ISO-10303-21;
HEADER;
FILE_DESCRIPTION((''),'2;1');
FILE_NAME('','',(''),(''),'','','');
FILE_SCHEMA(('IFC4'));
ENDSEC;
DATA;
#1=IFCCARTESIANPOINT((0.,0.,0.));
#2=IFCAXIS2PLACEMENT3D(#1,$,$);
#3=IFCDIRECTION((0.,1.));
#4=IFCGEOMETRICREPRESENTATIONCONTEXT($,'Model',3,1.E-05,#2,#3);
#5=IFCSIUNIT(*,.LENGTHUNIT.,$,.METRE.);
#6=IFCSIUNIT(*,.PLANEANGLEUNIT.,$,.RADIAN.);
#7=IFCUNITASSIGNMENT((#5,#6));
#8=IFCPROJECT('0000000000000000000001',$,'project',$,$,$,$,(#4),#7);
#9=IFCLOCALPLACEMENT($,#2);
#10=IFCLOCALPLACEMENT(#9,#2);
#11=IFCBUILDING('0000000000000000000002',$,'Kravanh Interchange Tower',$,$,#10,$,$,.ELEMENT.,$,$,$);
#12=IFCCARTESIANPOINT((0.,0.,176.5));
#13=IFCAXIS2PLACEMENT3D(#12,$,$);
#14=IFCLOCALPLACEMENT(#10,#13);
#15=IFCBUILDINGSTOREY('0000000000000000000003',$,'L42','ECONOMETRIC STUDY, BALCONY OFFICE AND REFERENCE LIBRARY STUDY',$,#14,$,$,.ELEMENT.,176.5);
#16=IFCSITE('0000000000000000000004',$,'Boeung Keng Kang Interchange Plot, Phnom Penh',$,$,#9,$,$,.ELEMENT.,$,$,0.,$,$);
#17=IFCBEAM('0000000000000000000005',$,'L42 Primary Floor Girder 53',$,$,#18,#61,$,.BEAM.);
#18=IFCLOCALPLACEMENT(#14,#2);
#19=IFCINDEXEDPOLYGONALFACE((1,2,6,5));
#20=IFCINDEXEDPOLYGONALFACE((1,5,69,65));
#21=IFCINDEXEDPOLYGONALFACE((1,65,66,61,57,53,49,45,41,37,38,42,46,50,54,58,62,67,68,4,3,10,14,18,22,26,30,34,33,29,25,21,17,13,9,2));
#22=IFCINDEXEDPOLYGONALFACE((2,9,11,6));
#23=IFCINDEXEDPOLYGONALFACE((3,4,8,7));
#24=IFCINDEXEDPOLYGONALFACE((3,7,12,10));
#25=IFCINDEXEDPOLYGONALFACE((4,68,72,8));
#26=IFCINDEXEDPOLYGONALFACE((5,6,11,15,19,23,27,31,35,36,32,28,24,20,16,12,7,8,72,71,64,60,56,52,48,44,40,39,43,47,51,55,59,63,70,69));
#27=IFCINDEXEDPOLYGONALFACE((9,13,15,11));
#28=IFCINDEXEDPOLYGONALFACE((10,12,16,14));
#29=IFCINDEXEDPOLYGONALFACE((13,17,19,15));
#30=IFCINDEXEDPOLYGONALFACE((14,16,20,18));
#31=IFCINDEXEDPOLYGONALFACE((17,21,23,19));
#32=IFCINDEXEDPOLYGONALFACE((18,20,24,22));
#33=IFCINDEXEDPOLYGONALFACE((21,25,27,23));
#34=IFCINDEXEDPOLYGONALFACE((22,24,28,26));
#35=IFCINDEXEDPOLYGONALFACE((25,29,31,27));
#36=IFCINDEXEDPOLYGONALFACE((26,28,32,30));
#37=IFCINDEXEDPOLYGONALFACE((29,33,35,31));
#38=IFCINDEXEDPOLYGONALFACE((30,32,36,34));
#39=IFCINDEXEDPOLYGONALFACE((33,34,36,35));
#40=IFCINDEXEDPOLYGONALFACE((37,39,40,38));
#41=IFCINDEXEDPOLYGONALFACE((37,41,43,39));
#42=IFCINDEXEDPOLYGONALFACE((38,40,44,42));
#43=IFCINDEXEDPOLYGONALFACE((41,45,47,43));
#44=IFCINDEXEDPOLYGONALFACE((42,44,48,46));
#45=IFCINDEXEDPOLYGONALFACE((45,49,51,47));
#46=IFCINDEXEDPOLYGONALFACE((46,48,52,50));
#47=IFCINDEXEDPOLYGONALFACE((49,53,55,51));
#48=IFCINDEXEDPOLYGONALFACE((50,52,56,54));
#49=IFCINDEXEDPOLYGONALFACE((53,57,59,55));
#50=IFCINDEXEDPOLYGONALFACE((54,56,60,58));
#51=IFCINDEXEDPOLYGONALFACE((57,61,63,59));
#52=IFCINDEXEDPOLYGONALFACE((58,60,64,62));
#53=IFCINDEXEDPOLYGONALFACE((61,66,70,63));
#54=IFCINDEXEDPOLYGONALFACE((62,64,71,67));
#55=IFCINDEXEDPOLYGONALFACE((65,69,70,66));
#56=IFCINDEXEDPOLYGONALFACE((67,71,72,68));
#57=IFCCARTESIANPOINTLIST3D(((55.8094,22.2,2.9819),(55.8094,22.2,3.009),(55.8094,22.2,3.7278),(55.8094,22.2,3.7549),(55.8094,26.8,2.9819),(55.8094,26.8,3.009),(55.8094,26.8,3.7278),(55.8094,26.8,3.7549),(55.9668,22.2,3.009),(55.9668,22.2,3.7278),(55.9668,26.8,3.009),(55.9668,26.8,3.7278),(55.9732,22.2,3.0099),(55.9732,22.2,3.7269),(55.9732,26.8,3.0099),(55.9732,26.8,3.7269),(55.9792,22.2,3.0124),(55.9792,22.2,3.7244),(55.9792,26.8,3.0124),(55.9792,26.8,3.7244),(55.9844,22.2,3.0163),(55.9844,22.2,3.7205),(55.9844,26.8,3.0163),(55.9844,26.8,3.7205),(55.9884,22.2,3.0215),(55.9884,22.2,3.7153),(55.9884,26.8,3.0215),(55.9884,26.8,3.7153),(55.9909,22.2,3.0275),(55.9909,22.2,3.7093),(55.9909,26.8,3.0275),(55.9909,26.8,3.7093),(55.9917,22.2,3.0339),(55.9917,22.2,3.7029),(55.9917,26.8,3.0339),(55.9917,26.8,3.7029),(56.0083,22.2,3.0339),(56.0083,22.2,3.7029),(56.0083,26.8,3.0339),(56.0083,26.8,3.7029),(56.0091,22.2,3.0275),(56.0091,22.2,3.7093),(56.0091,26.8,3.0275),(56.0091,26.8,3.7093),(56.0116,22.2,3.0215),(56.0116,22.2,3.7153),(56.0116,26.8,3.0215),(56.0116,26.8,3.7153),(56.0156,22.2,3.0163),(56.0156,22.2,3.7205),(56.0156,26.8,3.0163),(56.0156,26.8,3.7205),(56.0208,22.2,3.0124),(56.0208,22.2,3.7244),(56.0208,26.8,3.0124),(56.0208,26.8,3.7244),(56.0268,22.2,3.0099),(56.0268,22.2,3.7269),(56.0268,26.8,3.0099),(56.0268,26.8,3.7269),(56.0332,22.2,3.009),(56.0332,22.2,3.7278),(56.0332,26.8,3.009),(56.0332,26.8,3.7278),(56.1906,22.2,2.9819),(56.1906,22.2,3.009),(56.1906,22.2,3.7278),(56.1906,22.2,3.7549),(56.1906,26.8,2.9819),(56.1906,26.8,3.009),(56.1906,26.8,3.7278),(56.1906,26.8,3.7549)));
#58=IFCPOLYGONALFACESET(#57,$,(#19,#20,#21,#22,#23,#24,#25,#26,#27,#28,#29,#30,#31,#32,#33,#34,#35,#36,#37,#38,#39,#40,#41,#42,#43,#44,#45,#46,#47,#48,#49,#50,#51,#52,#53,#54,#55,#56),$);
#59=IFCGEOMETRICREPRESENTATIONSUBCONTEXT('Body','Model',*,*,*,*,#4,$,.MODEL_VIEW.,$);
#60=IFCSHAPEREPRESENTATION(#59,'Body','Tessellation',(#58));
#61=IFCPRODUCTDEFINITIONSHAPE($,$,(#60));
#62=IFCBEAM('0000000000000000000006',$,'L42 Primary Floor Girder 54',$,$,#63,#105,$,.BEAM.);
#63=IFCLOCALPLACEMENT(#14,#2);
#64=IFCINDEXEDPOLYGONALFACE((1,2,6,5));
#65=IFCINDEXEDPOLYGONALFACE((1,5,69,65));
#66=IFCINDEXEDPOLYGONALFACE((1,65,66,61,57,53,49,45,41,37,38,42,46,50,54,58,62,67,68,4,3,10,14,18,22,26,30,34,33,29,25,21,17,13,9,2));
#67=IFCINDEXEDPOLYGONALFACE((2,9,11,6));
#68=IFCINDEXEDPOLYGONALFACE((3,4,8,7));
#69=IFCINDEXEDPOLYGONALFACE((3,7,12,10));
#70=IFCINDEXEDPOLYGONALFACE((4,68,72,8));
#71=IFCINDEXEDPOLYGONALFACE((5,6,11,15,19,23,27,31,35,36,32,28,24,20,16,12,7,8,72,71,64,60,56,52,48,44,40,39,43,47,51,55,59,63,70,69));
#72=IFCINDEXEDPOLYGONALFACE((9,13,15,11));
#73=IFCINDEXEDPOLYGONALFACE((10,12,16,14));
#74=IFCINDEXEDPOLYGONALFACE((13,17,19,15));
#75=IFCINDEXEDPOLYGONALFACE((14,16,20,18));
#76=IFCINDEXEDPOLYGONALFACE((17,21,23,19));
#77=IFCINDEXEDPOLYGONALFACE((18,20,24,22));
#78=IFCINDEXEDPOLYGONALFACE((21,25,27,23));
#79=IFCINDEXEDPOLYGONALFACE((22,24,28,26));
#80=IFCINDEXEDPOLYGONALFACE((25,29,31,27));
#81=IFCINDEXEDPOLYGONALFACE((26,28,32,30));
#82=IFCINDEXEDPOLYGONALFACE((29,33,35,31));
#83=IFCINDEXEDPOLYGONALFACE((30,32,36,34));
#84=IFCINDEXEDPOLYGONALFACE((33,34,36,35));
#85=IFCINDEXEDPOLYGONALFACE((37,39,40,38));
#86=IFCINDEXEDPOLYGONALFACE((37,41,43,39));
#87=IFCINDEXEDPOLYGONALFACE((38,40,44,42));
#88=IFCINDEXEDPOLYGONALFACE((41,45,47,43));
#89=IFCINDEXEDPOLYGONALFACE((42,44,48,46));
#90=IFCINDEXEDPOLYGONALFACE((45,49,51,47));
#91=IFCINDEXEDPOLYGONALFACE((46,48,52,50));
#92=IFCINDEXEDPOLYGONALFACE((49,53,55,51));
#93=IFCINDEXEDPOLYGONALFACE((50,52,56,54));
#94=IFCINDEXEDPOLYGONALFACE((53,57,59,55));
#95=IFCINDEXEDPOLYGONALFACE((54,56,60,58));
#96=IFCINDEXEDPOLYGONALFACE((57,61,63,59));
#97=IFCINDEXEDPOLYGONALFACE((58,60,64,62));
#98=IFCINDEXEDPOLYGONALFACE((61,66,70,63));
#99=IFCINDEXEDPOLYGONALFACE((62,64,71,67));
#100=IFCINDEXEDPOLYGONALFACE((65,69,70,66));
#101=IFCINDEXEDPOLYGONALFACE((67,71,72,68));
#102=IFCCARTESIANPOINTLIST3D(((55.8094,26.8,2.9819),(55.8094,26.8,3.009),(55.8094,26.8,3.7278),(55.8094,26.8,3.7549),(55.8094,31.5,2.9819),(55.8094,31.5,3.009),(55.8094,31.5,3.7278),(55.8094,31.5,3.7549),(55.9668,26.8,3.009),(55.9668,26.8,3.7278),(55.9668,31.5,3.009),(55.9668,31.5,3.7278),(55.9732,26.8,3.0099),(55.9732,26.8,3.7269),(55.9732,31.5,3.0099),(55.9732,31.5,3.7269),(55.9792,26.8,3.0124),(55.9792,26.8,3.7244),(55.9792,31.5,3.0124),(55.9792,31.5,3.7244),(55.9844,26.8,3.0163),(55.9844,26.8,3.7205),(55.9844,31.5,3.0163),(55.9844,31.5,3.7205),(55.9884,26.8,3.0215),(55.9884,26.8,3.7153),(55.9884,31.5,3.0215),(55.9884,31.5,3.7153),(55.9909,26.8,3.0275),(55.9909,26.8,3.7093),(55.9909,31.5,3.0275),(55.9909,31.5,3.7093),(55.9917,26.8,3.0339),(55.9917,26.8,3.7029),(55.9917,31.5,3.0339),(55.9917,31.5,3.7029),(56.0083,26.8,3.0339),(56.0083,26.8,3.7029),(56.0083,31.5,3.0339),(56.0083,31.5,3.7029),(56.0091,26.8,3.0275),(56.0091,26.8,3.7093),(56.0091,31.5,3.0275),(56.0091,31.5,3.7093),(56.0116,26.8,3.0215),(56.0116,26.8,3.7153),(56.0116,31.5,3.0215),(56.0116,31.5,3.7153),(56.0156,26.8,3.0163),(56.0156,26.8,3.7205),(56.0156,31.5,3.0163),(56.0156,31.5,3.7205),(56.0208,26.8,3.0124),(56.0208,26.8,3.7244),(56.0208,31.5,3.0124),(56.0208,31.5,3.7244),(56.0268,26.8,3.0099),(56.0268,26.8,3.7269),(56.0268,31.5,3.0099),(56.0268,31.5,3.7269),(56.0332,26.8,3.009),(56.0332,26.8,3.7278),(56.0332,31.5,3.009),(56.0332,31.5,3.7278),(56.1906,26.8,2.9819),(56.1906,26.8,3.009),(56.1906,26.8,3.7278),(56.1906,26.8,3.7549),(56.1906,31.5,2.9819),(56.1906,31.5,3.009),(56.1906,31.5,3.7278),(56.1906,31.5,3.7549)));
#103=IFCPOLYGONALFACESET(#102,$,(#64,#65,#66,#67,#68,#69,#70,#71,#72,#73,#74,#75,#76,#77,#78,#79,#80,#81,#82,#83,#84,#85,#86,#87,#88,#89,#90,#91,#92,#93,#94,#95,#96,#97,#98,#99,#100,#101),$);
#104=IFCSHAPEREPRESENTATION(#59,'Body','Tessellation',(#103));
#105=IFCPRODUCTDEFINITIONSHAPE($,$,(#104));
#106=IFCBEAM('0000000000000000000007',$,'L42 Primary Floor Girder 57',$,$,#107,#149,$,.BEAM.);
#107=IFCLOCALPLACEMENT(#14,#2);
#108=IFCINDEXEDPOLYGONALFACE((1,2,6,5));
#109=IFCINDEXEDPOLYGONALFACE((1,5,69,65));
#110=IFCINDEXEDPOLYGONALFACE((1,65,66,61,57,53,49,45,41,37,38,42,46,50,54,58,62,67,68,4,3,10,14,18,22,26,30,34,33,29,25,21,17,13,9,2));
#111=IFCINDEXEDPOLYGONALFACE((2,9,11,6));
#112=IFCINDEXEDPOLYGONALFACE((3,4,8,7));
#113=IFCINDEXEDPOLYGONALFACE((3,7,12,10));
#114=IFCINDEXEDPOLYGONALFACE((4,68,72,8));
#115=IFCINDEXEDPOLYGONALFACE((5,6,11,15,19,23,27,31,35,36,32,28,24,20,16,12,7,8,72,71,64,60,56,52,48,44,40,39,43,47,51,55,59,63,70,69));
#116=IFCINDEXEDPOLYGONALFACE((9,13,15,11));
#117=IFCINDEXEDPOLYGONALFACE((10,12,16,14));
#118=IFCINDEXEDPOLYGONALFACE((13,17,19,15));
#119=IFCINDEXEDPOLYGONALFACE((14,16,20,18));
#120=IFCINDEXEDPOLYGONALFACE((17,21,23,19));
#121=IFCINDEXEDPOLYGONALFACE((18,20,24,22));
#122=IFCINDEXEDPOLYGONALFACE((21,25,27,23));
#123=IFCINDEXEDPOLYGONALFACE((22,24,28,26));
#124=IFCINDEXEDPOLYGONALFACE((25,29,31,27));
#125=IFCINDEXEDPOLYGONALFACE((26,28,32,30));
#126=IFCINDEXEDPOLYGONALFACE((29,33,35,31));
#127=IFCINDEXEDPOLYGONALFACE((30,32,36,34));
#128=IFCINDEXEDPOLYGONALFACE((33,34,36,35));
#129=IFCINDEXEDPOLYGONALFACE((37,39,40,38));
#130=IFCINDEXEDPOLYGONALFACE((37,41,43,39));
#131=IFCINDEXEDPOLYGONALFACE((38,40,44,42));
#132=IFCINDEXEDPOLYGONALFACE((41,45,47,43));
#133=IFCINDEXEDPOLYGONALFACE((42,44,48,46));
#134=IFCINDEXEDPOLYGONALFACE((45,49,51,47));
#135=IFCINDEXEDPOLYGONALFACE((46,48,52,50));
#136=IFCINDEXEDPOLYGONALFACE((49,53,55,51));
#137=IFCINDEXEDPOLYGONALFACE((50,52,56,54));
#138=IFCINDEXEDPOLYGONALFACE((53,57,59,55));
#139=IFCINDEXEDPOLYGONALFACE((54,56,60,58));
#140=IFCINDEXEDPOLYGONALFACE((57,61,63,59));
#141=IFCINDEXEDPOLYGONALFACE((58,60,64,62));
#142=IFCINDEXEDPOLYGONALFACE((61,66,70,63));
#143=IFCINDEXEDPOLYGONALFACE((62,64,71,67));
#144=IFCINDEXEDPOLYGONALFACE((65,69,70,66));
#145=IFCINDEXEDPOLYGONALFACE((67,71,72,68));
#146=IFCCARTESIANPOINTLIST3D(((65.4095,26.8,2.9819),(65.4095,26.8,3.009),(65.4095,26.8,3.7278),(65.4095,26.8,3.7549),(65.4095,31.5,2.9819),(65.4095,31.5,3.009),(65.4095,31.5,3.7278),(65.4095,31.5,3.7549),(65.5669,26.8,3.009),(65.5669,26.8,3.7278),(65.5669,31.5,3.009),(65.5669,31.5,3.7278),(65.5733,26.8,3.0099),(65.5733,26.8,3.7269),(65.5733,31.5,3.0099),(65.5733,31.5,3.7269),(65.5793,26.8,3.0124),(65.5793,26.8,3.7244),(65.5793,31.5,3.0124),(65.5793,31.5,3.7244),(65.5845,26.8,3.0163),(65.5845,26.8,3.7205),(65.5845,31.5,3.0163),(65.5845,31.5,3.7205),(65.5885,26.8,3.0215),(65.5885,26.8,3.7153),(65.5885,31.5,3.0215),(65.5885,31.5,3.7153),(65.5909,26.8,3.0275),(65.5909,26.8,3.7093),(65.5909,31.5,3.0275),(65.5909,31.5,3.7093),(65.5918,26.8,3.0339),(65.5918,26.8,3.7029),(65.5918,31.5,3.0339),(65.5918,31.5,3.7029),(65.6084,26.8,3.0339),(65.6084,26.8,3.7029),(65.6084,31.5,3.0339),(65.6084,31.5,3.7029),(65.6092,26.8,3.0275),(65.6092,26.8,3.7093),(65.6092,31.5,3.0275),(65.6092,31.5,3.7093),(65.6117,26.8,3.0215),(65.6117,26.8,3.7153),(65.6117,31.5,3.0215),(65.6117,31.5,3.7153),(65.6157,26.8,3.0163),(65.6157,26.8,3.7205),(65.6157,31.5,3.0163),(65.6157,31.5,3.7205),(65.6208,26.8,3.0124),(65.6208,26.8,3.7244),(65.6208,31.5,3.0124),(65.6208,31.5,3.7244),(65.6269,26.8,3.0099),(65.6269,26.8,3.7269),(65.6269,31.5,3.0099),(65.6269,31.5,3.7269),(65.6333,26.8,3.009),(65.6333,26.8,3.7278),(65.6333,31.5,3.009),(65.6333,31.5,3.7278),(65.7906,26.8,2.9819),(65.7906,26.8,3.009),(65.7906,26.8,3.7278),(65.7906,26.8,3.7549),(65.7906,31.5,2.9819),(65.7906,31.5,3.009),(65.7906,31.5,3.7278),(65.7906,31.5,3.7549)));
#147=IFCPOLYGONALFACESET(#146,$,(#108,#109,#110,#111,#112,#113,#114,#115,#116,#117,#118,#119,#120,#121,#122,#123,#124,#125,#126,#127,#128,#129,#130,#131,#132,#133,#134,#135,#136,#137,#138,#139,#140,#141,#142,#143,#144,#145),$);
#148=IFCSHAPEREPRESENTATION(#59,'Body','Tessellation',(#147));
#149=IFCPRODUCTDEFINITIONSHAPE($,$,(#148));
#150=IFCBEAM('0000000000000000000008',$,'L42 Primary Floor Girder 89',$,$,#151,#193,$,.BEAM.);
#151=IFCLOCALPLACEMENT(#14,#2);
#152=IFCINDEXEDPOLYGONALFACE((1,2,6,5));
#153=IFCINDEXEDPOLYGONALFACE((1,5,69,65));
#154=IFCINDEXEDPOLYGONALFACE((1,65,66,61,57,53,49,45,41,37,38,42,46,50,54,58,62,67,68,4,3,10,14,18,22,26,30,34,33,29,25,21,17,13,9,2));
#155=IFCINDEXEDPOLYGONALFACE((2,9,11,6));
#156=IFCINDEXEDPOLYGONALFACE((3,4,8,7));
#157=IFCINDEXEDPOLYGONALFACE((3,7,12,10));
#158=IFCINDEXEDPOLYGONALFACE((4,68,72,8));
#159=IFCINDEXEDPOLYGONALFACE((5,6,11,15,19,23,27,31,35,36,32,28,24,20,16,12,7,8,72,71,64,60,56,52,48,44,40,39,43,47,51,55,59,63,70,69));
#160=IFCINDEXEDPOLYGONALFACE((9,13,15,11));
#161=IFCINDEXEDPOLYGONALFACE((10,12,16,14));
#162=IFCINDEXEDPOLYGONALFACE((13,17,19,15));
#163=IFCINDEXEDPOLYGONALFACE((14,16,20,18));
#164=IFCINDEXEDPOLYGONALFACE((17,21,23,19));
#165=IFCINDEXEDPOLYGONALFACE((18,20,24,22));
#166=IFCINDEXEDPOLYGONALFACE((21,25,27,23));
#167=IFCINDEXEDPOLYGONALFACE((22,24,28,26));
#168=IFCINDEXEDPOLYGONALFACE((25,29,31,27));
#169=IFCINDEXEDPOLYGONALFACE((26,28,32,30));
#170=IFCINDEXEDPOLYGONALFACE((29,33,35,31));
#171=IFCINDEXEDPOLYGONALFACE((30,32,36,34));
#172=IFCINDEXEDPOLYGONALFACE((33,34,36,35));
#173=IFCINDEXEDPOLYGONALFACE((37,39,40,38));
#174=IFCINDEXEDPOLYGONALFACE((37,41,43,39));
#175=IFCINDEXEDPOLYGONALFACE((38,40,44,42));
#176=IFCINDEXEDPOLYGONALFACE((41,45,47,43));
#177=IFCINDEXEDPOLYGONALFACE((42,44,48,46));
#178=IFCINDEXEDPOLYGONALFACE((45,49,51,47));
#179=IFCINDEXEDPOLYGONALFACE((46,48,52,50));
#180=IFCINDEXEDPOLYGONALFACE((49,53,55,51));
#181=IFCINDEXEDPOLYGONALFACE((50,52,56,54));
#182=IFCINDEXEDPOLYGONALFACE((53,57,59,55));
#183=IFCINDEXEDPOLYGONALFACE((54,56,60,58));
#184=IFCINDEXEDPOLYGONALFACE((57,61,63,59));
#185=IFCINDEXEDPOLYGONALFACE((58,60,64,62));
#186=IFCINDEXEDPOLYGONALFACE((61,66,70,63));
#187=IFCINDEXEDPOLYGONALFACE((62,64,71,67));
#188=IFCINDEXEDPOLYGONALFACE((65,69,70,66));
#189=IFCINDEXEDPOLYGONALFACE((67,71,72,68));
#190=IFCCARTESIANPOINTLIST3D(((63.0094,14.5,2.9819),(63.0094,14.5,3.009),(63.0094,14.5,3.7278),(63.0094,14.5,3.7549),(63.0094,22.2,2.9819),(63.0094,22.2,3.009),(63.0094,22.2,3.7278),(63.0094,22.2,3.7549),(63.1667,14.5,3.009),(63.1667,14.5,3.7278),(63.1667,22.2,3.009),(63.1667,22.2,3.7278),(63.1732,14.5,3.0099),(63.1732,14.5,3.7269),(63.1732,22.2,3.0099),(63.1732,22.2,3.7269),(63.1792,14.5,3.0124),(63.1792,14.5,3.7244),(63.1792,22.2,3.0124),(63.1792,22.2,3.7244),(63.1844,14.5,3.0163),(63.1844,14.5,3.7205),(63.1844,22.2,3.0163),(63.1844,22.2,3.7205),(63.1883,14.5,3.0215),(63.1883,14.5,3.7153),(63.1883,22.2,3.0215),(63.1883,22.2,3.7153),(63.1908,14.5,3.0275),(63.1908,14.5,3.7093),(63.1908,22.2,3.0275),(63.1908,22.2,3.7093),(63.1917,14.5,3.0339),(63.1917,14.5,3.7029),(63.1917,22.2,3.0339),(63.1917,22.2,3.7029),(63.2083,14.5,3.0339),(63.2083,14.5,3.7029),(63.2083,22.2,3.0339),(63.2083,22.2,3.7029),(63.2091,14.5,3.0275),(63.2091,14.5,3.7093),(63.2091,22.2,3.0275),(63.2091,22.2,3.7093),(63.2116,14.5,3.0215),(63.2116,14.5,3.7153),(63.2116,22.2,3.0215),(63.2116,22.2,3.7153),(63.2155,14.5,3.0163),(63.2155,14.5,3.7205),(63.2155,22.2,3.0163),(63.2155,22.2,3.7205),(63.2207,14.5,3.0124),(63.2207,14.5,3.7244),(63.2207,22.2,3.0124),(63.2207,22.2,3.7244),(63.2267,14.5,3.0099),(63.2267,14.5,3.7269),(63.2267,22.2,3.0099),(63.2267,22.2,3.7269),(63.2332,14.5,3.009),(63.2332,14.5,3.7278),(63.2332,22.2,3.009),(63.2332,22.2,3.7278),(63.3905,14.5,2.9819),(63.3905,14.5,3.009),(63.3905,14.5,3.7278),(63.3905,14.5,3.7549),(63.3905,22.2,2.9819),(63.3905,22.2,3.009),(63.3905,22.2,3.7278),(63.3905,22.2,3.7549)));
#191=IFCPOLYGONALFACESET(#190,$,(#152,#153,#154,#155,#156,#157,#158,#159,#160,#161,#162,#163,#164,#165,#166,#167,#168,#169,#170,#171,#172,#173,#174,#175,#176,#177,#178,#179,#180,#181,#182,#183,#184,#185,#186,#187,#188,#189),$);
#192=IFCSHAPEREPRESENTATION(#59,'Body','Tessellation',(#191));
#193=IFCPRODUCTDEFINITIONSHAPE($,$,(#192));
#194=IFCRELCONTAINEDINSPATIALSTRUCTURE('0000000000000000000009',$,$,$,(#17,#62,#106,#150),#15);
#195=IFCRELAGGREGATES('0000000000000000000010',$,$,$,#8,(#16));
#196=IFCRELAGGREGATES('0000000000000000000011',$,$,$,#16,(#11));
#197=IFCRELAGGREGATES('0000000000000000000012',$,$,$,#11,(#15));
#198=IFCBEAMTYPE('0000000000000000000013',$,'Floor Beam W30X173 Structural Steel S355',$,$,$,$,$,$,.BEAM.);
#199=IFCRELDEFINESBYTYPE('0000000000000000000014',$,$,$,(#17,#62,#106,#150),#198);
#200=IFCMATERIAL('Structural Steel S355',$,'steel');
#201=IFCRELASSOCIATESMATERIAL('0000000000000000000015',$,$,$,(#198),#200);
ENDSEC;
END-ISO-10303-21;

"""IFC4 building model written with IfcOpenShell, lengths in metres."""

from ifc_helpers import new_model, si_unit, direction, frame, origin, origin_2d, place, context, subcontext, project, spatial, i_section, extrude, material, material_profile, profile_set, type_object, element, save


model = new_model("IFC4")

# Units and contexts
model_context = context("Model", 3, precision=1e-05, world=origin(), true_north=direction((0.0, 1.0)))
body_context = subcontext(model_context, "Body", "Model", "MODEL_VIEW")
ifc_project = project(units=[si_unit("LENGTHUNIT", "METRE"), si_unit("PLANEANGLEUNIT", "RADIAN")], contexts=[model_context])

# Site, building, storey
site_placement = place(None, origin())
site = spatial("IfcSite", under=ifc_project, at=site_placement, Name="Boeung Keng Kang Interchange Plot, Phnom Penh", CompositionType="ELEMENT", RefElevation=0.0)
building_placement = place(site_placement, origin())
building = spatial("IfcBuilding", under=site, at=building_placement, Name="Kravanh Interchange Tower", CompositionType="ELEMENT")
storey_placement = place(building_placement, frame((0.0, 0.0, 176.5)))
storey = spatial("IfcBuildingStorey", under=building, at=storey_placement, Name="L42", Description="ECONOMETRIC STUDY, BALCONY OFFICE AND REFERENCE LIBRARY STUDY", CompositionType="ELEMENT", Elevation=176.5)

# Beams
ifc_material_1 = material(Name="Structural Steel S355", Category="steel")
ifc_material_profile_1 = material_profile(ifc_material_1, i_section(OverallWidth=0.3811, OverallDepth=0.7729, WebThickness=0.0166, FlangeThickness=0.0271, FilletRadius=0.0249, at=origin_2d()), Name="W30X173")
ifc_profile_set_1 = profile_set([ifc_material_profile_1], Name="Structural Steel S355")
beam_type_1 = type_object("IfcBeamType", Name="Floor Beam W30X173 Structural Steel S355", PredefinedType="BEAM", material=ifc_profile_set_1)
beam_1_placement = place(storey_placement, frame((56.0, 26.8, 3.3684), z_axis=(0.0, -1.0, 0.0), x_axis=(1.0, 0.0, 0.0)))
element("IfcBeam", 1, at=beam_1_placement, inside=storey, type_object=beam_type_1, Name="L42 Primary Floor Girder 53", PredefinedType="BEAM", context=body_context, shape_type="SweptSolid", body=[
    extrude(i_section(OverallWidth=0.3811, OverallDepth=0.7729, WebThickness=0.0166, FlangeThickness=0.0271, FilletRadius=0.0249, at=origin_2d()), origin(), (0.0, 0.0, 1.0), 4.6001),
])
for number, where, z_axis, x_axis, name in (
    (2, (56.0, 26.8, 3.3684), (0.0, 1.0, 0.0), (-1.0, 0.0, 0.0), "L42 Primary Floor Girder 54"),
    (3, (65.6001, 26.8, 3.3684), (0.0, 1.0, 0.0), (-1.0, 0.0, 0.0), "L42 Primary Floor Girder 57"),
):
    element("IfcBeam", number, at=place(storey_placement, frame(where, z_axis=z_axis, x_axis=x_axis)), inside=storey, type_object=beam_type_1, Name=name, PredefinedType="BEAM", context=body_context, shape_type="SweptSolid", body=[
        extrude(i_section(OverallWidth=0.3811, OverallDepth=0.7729, WebThickness=0.0166, FlangeThickness=0.0271, FilletRadius=0.0249, at=origin_2d()), origin(), (0.0, 0.0, 1.0), 4.7),
    ])
beam_2_placement = place(storey_placement, frame((63.2, 14.5, 3.3684), z_axis=(0.0, 1.0, 0.0), x_axis=(-1.0, 0.0, 0.0)))
element("IfcBeam", 4, at=beam_2_placement, inside=storey, type_object=beam_type_1, Name="L42 Primary Floor Girder 89", PredefinedType="BEAM", context=body_context, shape_type="SweptSolid", body=[
    extrude(i_section(OverallWidth=0.3811, OverallDepth=0.7729, WebThickness=0.0166, FlangeThickness=0.0271, FilletRadius=0.0249, at=origin_2d()), origin(), (0.0, 0.0, 1.0), 7.7),
])

save(model, "model.ifc")
